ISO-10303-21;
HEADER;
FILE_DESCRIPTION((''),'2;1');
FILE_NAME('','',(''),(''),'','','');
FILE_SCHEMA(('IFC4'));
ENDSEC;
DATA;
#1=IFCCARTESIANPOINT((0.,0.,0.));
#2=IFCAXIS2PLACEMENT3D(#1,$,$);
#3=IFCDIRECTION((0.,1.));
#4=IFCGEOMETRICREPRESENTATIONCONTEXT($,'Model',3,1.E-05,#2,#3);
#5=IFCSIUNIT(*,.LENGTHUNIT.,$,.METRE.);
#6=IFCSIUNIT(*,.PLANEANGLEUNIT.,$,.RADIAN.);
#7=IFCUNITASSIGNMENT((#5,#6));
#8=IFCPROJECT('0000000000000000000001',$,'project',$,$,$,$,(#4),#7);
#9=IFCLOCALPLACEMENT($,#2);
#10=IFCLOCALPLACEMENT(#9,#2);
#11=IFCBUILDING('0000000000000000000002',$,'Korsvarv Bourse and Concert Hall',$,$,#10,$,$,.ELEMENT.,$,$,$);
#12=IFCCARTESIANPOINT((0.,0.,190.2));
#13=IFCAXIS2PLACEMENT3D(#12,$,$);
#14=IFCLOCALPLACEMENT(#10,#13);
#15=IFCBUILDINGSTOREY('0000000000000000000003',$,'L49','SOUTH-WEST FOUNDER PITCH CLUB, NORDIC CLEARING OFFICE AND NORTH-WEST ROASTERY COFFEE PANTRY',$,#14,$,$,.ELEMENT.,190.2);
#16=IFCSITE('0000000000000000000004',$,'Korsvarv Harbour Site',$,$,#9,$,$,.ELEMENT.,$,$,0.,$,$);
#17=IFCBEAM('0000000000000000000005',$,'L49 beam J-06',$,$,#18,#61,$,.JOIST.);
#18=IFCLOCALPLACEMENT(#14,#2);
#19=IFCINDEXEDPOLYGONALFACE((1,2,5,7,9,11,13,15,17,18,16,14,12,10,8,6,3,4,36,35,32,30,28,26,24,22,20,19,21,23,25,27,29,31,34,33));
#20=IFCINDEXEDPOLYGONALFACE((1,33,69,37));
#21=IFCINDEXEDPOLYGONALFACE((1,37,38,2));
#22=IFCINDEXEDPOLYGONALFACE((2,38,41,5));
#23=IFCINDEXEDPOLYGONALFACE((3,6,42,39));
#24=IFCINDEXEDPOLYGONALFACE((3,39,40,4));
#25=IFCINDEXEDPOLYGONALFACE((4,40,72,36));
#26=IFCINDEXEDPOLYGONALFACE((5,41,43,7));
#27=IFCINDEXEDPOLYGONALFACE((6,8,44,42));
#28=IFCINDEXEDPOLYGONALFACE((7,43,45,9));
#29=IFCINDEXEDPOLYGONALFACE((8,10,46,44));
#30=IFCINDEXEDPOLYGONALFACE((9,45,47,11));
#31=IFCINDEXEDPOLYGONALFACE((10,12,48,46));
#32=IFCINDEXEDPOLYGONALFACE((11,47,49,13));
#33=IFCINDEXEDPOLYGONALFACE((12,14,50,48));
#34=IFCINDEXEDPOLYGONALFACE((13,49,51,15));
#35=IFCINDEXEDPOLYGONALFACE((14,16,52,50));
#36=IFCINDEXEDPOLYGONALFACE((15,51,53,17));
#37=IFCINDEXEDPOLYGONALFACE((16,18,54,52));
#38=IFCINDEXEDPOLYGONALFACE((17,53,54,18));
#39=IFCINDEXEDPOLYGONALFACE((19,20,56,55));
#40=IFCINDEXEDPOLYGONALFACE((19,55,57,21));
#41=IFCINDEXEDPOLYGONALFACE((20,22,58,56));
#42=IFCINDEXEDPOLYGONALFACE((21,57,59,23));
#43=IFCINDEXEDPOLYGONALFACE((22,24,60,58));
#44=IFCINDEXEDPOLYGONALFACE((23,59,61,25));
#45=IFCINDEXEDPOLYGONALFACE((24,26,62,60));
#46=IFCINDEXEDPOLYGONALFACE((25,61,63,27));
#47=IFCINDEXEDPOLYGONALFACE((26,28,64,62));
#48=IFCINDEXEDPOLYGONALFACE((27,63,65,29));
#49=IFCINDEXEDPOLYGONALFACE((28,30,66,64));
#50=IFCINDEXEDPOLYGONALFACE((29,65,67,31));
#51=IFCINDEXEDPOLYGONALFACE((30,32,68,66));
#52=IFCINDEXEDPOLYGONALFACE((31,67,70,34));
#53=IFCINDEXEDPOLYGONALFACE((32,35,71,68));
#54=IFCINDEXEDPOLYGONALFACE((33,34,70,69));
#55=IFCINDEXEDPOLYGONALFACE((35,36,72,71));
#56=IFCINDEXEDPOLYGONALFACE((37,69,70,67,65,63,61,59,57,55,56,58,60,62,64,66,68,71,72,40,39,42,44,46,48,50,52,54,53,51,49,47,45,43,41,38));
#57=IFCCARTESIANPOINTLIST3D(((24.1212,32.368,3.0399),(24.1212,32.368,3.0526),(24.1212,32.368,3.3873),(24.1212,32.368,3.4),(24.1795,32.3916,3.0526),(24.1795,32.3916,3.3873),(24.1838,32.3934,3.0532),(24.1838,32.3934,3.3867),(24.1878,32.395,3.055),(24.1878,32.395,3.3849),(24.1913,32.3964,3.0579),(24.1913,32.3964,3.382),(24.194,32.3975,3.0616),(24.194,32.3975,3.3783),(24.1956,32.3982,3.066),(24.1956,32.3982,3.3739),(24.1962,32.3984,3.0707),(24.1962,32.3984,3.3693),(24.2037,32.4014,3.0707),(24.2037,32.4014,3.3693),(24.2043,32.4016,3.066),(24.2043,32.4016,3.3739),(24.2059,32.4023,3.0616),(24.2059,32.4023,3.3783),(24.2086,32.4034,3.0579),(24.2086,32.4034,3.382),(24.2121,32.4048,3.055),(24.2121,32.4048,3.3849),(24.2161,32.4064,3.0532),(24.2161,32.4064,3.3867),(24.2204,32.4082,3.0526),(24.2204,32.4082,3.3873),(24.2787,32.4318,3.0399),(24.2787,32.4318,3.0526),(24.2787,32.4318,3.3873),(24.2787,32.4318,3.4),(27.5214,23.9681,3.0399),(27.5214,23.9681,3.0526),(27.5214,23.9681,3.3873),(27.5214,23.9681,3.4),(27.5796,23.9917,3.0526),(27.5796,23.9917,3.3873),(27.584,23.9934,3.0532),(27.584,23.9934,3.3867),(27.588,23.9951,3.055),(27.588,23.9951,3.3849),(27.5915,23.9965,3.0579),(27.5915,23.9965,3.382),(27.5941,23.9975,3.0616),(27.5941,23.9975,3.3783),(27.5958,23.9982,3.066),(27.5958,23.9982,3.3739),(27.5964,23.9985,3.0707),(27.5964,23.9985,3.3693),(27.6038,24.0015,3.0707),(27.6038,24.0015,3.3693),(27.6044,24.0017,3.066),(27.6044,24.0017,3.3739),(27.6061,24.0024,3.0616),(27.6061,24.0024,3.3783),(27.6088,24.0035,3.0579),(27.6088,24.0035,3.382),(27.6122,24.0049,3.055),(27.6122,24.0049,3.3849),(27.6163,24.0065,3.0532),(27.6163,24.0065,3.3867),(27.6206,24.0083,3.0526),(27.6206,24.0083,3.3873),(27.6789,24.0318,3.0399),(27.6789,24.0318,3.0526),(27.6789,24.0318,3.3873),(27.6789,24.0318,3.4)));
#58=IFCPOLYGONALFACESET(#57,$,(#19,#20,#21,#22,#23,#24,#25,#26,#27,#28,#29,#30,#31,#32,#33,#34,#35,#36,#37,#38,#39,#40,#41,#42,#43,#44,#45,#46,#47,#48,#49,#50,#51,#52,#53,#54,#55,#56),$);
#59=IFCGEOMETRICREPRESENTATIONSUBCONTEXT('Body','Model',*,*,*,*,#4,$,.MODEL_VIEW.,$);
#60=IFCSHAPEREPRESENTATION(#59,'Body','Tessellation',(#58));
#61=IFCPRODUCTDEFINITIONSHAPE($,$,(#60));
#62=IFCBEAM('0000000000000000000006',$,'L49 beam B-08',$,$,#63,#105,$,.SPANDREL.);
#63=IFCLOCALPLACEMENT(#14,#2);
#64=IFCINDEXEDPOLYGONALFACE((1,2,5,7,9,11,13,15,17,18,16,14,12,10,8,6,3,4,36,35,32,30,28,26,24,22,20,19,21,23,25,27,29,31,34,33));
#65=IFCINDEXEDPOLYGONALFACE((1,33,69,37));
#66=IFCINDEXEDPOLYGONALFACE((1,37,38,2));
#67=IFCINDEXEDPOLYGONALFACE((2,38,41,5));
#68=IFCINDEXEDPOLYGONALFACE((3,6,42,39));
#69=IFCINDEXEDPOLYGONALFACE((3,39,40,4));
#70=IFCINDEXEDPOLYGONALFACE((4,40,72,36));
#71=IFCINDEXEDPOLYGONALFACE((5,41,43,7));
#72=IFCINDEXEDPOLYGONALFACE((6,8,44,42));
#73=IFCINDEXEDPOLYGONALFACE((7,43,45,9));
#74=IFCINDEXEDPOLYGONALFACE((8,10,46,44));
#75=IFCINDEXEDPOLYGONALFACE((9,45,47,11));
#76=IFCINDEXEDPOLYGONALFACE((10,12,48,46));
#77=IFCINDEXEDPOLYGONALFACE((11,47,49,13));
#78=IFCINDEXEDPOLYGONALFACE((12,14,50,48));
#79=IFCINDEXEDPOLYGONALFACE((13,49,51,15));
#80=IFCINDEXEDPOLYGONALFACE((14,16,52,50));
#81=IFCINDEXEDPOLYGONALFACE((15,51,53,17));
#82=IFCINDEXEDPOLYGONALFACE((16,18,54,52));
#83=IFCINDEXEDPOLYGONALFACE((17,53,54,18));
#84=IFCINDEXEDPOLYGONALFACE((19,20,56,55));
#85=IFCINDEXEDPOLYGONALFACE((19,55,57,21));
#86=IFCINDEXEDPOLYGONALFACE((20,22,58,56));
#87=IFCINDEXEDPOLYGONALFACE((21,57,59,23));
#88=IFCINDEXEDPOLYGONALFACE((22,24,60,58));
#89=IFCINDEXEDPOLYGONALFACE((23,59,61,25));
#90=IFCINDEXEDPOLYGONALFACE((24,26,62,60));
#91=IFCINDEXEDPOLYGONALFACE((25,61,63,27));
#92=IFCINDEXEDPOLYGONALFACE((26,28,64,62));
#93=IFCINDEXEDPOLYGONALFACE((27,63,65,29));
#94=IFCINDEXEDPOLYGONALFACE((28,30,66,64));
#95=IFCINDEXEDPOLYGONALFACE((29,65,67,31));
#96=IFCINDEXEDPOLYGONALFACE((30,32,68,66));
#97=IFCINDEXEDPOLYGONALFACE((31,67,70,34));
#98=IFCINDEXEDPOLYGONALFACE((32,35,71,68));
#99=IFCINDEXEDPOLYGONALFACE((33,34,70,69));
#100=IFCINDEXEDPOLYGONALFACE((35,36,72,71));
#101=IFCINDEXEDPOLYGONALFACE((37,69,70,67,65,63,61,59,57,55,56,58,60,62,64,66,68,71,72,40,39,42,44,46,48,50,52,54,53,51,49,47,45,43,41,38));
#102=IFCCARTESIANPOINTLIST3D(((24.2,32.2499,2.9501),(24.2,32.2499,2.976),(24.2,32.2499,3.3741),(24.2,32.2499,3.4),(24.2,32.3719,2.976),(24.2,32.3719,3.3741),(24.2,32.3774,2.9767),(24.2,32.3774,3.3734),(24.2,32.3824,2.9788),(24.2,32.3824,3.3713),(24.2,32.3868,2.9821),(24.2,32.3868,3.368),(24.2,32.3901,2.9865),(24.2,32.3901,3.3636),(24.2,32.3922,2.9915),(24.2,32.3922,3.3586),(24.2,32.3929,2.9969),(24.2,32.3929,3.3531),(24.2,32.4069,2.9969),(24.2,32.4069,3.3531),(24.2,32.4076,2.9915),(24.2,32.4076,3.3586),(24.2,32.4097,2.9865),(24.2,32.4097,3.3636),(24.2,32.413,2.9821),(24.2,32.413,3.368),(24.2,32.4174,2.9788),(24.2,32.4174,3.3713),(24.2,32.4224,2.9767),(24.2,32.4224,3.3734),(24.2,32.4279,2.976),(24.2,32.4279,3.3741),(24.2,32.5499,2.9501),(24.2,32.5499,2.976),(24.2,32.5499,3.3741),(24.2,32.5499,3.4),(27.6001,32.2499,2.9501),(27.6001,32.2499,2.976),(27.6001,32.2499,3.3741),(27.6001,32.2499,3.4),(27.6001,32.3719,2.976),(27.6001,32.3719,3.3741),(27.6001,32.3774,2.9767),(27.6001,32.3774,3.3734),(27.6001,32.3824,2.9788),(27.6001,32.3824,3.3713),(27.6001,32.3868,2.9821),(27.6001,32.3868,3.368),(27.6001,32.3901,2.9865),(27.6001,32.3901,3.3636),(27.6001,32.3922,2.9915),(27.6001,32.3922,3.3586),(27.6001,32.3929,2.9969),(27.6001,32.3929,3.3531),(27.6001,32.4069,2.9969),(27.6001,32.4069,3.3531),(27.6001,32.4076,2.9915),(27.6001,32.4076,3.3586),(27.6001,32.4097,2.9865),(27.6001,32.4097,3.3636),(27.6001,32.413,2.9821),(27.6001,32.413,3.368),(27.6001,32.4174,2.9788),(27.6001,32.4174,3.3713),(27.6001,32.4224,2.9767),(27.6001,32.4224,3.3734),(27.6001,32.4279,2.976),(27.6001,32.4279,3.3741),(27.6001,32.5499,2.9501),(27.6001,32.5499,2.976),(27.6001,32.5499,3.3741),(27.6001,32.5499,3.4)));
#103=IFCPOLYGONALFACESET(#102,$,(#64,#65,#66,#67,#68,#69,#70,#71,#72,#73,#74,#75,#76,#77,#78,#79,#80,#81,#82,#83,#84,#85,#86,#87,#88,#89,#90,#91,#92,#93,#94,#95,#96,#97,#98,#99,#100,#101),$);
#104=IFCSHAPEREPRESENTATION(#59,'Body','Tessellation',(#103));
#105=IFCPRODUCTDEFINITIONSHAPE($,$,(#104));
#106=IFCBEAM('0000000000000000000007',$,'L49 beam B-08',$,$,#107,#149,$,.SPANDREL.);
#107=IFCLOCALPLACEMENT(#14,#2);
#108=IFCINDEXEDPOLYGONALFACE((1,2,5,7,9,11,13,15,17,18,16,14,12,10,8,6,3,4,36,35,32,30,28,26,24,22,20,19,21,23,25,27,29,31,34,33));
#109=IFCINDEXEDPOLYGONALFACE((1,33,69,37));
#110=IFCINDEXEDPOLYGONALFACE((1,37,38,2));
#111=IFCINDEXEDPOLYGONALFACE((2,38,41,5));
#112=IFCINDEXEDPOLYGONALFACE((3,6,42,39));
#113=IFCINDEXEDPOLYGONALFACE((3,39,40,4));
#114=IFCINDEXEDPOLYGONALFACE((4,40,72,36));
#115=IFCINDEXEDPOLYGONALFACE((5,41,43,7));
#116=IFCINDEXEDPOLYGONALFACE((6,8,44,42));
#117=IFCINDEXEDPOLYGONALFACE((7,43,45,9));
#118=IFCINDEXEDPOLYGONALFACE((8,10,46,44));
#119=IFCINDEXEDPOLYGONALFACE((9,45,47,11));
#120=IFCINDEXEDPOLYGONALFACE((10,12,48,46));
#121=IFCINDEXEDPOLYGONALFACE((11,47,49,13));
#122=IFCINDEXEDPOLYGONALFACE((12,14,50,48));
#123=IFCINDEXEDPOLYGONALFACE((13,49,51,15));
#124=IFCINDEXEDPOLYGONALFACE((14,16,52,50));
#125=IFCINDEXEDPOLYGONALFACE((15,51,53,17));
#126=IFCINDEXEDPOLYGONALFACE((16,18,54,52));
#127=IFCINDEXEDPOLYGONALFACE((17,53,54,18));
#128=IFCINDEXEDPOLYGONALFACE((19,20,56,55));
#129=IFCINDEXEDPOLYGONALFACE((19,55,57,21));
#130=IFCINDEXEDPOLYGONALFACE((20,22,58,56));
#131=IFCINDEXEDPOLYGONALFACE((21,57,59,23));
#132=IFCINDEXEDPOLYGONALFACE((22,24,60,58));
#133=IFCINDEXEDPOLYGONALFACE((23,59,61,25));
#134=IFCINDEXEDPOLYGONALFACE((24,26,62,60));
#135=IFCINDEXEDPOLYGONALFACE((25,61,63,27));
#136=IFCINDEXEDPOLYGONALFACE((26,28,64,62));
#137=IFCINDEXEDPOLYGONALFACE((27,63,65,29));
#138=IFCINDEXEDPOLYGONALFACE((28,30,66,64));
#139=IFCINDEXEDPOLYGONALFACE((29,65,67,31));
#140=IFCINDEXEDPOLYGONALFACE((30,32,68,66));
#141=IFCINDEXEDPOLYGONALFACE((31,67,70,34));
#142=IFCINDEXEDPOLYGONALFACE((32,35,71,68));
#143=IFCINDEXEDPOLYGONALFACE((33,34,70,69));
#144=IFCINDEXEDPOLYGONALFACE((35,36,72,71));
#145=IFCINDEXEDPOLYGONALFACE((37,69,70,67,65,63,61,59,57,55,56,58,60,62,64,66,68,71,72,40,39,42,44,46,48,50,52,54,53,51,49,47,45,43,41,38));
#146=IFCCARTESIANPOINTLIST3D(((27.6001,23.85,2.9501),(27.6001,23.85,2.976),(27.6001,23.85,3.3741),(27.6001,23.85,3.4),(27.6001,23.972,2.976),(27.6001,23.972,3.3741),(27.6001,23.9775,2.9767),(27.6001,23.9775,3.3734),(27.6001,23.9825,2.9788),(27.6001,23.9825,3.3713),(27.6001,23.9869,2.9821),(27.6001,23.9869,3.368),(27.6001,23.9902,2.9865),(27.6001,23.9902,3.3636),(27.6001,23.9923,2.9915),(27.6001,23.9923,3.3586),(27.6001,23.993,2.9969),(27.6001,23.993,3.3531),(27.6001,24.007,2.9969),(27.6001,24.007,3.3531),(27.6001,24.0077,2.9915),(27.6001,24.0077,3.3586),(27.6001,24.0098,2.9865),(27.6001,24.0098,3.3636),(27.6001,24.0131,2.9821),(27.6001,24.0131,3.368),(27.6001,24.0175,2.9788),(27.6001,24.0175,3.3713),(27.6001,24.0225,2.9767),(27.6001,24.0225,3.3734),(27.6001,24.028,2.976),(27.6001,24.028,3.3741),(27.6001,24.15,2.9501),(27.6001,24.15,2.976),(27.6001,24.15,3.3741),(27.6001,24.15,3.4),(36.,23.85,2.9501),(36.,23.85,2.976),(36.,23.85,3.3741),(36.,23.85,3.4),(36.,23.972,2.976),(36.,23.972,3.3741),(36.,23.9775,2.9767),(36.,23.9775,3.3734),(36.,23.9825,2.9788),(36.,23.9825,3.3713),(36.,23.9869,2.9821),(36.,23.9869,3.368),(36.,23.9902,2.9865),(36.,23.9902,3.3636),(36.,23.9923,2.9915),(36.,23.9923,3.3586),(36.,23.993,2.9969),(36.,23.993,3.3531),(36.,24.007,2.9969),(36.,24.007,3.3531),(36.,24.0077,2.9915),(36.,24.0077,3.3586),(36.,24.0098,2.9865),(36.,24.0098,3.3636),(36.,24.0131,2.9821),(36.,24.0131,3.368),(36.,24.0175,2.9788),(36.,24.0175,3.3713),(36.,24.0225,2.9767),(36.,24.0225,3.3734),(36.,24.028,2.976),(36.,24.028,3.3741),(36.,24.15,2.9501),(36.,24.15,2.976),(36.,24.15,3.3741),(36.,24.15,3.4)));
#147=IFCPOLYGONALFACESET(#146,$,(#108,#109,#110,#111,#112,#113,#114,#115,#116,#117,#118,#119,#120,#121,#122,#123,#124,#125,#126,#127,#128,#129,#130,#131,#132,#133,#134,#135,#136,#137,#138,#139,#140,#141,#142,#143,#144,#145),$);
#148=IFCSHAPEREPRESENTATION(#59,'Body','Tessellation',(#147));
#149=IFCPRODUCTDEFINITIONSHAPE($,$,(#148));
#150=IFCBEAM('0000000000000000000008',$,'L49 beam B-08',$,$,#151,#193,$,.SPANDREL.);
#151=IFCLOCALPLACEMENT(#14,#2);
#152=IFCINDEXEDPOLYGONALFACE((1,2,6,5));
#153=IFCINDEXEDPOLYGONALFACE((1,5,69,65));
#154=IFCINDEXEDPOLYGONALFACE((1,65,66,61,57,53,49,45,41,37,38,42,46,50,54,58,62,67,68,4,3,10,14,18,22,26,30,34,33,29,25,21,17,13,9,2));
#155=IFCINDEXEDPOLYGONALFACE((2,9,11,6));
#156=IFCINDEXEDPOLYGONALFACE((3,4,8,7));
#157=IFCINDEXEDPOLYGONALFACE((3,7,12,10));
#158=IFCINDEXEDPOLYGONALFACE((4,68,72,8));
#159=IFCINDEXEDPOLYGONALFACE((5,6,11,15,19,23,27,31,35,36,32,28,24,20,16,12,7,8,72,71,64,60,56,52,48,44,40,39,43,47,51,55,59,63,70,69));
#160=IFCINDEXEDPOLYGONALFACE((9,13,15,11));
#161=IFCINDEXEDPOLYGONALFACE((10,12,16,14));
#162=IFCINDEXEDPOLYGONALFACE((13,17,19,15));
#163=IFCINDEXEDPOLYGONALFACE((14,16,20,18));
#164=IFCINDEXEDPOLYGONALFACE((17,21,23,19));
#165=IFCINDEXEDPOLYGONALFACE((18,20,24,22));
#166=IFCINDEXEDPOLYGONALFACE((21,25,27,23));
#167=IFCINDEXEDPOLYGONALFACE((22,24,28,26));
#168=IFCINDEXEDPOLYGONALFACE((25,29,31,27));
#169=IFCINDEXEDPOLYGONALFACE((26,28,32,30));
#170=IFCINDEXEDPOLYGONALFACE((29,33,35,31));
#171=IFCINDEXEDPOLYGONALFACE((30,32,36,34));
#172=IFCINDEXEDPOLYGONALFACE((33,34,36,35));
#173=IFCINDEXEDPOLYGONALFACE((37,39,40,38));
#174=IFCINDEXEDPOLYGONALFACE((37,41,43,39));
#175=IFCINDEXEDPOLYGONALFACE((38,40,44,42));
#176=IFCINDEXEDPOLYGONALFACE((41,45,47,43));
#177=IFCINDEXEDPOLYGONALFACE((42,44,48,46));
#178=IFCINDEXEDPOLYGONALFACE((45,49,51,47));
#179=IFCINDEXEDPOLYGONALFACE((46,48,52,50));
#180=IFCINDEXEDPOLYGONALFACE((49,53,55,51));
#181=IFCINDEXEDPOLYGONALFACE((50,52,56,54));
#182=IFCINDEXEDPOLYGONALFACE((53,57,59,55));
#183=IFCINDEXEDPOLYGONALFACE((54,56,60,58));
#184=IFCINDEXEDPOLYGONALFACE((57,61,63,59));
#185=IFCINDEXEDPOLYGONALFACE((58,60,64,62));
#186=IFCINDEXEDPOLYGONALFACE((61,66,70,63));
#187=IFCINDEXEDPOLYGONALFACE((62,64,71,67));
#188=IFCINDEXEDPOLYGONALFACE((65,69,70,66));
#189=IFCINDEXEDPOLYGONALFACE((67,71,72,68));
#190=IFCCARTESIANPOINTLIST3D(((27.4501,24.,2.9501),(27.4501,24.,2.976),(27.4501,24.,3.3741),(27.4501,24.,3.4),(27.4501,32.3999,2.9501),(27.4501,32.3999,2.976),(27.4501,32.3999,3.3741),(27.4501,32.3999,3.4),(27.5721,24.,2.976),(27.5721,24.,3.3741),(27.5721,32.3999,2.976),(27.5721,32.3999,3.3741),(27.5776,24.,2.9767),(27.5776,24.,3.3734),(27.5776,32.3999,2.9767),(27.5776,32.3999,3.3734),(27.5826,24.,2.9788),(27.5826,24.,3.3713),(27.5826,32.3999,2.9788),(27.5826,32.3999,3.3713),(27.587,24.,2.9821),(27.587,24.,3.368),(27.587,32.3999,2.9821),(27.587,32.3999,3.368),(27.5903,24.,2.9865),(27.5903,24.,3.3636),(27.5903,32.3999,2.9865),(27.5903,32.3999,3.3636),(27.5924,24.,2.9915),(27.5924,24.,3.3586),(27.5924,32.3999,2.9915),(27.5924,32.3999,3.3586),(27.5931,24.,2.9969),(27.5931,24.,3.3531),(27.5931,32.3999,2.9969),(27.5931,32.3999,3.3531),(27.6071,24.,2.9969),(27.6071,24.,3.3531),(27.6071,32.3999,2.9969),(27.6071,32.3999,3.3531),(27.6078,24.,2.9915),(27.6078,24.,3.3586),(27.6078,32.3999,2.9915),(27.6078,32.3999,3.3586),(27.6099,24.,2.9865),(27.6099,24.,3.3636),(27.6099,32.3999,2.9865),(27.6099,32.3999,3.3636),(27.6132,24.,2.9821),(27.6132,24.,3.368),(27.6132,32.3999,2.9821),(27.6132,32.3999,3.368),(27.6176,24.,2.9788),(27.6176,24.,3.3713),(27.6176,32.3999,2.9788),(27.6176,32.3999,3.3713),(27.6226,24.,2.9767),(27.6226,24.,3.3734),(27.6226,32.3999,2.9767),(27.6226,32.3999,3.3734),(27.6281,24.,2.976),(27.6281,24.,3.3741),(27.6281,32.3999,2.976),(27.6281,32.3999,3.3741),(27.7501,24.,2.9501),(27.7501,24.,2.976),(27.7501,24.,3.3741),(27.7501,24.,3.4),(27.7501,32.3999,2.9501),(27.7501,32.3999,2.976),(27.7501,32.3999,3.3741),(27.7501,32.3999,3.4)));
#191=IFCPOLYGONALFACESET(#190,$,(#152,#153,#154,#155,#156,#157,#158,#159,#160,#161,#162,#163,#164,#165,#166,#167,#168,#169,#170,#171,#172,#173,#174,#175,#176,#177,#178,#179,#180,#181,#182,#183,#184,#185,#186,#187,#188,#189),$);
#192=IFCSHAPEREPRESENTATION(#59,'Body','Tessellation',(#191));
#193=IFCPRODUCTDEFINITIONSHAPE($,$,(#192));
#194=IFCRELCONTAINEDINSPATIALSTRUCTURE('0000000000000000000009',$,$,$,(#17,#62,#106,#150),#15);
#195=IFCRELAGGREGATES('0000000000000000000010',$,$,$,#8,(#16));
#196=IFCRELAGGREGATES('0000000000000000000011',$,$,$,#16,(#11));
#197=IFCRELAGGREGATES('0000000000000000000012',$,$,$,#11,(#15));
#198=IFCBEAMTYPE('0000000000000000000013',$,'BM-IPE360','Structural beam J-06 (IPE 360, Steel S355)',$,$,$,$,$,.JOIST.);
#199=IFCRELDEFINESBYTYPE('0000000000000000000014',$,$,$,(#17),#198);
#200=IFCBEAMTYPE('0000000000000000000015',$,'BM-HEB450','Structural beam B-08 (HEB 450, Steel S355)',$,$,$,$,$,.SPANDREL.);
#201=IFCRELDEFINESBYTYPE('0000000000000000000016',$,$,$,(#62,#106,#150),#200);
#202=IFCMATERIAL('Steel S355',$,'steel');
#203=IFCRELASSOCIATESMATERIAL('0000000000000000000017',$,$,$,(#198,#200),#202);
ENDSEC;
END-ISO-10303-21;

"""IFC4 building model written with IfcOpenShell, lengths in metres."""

from ifc_helpers import new_model, si_unit, direction, frame, origin, origin_2d, place, context, subcontext, project, spatial, i_section, extrude, source, transform, mapped, material, material_profile, profile_set, type_object, element, save


model = new_model("IFC4")

# Units and contexts
model_context = context("Model", 3, precision=1e-05, world=origin(), true_north=direction((0.0, 1.0)))
body_context = subcontext(model_context, "Body", "Model", "MODEL_VIEW")
ifc_project = project(units=[si_unit("LENGTHUNIT", "METRE"), si_unit("PLANEANGLEUNIT", "RADIAN")], contexts=[model_context])

# Site, building, storey
site_placement = place(None, origin())
site = spatial("IfcSite", under=ifc_project, at=site_placement, Name="Korsvarv Harbour Site", CompositionType="ELEMENT", RefElevation=0.0)
building_placement = place(site_placement, origin())
building = spatial("IfcBuilding", under=site, at=building_placement, Name="Korsvarv Bourse and Concert Hall", CompositionType="ELEMENT")
storey_placement = place(building_placement, frame((0.0, 0.0, 190.2)))
storey = spatial("IfcBuildingStorey", under=building, at=storey_placement, Name="L49", Description="SOUTH-WEST FOUNDER PITCH CLUB, NORDIC CLEARING OFFICE AND NORTH-WEST ROASTERY COFFEE PANTRY", CompositionType="ELEMENT", Elevation=190.2)

# Shared definitions
ifc_material_1 = material(Name="Steel S355", Category="steel")

# Beams
ifc_material_profile_1 = material_profile(ifc_material_1, i_section(OverallWidth=0.1699, OverallDepth=0.3601, WebThickness=0.0081, FlangeThickness=0.0127, FilletRadius=0.0181, at=origin_2d()), Name="IPE 360")
ifc_profile_set_1 = profile_set([ifc_material_profile_1], Name="Steel S355")
beam_type_1 = type_object("IfcBeamType", Name="BM-IPE360", Description="Structural beam J-06 (IPE 360, Steel S355)", PredefinedType="JOIST", material=ifc_profile_set_1)
shared_shape_1 = source(origin(), body_context, "Body", "SweptSolid", [
    extrude(i_section(OverallWidth=0.1699, OverallDepth=0.3601, WebThickness=0.0081, FlangeThickness=0.0127, FilletRadius=0.0181, at=origin_2d()), origin(), (0.0, 0.0, 1.0), 9.062),
])
beam_1_placement = place(storey_placement, frame((24.2, 32.3999, 3.22), z_axis=(0.37521, -0.92694, 0.0), x_axis=(0.92694, 0.37521, 0.0)))
element("IfcBeam", 1, at=beam_1_placement, inside=storey, type_object=beam_type_1, Name="L49 beam J-06", PredefinedType="JOIST", context=body_context, shape_type="MappedRepresentation", body=[
    mapped(shared_shape_1, transform((0.0, 0.0, 0.0), scale=1.0)),
])
ifc_material_profile_2 = material_profile(ifc_material_1, i_section(OverallWidth=0.3, OverallDepth=0.45, WebThickness=0.0139, FlangeThickness=0.0259, FilletRadius=0.021, at=origin_2d()), Name="HEB 450")
ifc_profile_set_2 = profile_set([ifc_material_profile_2], Name="Steel S355")
beam_type_2 = type_object("IfcBeamType", Name="BM-HEB450", Description="Structural beam B-08 (HEB 450, Steel S355)", PredefinedType="SPANDREL", material=ifc_profile_set_2)
shared_shape_2 = source(origin(), body_context, "Body", "SweptSolid", [
    extrude(i_section(OverallWidth=0.3, OverallDepth=0.45, WebThickness=0.0139, FlangeThickness=0.0259, FilletRadius=0.021, at=origin_2d()), origin(), (0.0, 0.0, 1.0), 3.4001),
])
beam_2_placement = place(storey_placement, frame((24.2, 32.3999, 3.175), z_axis=(1.0, 0.0, 0.0), x_axis=(0.0, 1.0, 0.0)))
element("IfcBeam", 2, at=beam_2_placement, inside=storey, type_object=beam_type_2, Name="L49 beam B-08", PredefinedType="SPANDREL", context=body_context, shape_type="MappedRepresentation", body=[
    mapped(shared_shape_2, transform((0.0, 0.0, 0.0), scale=1.0)),
])
shared_shape_3 = source(origin(), body_context, "Body", "SweptSolid", [
    extrude(i_section(OverallWidth=0.3, OverallDepth=0.45, WebThickness=0.0139, FlangeThickness=0.0259, FilletRadius=0.021, at=origin_2d()), origin(), (0.0, 0.0, 1.0), 8.3999),
])
for number, where, z_axis, x_axis, name in (
    (3, (27.6001, 24.0, 3.175), (1.0, 0.0, 0.0), (0.0, 1.0, 0.0), "L49 beam B-08"),
    (4, (27.6001, 24.0, 3.175), (0.0, 1.0, 0.0), (-1.0, 0.0, 0.0), "L49 beam B-08"),
):
    element("IfcBeam", number, at=place(storey_placement, frame(where, z_axis=z_axis, x_axis=x_axis)), inside=storey, type_object=beam_type_2, Name=name, PredefinedType="SPANDREL", context=body_context, shape_type="MappedRepresentation", body=[
        mapped(shared_shape_3, transform((0.0, 0.0, 0.0), scale=1.0)),
    ])

save(model, "model.ifc")
